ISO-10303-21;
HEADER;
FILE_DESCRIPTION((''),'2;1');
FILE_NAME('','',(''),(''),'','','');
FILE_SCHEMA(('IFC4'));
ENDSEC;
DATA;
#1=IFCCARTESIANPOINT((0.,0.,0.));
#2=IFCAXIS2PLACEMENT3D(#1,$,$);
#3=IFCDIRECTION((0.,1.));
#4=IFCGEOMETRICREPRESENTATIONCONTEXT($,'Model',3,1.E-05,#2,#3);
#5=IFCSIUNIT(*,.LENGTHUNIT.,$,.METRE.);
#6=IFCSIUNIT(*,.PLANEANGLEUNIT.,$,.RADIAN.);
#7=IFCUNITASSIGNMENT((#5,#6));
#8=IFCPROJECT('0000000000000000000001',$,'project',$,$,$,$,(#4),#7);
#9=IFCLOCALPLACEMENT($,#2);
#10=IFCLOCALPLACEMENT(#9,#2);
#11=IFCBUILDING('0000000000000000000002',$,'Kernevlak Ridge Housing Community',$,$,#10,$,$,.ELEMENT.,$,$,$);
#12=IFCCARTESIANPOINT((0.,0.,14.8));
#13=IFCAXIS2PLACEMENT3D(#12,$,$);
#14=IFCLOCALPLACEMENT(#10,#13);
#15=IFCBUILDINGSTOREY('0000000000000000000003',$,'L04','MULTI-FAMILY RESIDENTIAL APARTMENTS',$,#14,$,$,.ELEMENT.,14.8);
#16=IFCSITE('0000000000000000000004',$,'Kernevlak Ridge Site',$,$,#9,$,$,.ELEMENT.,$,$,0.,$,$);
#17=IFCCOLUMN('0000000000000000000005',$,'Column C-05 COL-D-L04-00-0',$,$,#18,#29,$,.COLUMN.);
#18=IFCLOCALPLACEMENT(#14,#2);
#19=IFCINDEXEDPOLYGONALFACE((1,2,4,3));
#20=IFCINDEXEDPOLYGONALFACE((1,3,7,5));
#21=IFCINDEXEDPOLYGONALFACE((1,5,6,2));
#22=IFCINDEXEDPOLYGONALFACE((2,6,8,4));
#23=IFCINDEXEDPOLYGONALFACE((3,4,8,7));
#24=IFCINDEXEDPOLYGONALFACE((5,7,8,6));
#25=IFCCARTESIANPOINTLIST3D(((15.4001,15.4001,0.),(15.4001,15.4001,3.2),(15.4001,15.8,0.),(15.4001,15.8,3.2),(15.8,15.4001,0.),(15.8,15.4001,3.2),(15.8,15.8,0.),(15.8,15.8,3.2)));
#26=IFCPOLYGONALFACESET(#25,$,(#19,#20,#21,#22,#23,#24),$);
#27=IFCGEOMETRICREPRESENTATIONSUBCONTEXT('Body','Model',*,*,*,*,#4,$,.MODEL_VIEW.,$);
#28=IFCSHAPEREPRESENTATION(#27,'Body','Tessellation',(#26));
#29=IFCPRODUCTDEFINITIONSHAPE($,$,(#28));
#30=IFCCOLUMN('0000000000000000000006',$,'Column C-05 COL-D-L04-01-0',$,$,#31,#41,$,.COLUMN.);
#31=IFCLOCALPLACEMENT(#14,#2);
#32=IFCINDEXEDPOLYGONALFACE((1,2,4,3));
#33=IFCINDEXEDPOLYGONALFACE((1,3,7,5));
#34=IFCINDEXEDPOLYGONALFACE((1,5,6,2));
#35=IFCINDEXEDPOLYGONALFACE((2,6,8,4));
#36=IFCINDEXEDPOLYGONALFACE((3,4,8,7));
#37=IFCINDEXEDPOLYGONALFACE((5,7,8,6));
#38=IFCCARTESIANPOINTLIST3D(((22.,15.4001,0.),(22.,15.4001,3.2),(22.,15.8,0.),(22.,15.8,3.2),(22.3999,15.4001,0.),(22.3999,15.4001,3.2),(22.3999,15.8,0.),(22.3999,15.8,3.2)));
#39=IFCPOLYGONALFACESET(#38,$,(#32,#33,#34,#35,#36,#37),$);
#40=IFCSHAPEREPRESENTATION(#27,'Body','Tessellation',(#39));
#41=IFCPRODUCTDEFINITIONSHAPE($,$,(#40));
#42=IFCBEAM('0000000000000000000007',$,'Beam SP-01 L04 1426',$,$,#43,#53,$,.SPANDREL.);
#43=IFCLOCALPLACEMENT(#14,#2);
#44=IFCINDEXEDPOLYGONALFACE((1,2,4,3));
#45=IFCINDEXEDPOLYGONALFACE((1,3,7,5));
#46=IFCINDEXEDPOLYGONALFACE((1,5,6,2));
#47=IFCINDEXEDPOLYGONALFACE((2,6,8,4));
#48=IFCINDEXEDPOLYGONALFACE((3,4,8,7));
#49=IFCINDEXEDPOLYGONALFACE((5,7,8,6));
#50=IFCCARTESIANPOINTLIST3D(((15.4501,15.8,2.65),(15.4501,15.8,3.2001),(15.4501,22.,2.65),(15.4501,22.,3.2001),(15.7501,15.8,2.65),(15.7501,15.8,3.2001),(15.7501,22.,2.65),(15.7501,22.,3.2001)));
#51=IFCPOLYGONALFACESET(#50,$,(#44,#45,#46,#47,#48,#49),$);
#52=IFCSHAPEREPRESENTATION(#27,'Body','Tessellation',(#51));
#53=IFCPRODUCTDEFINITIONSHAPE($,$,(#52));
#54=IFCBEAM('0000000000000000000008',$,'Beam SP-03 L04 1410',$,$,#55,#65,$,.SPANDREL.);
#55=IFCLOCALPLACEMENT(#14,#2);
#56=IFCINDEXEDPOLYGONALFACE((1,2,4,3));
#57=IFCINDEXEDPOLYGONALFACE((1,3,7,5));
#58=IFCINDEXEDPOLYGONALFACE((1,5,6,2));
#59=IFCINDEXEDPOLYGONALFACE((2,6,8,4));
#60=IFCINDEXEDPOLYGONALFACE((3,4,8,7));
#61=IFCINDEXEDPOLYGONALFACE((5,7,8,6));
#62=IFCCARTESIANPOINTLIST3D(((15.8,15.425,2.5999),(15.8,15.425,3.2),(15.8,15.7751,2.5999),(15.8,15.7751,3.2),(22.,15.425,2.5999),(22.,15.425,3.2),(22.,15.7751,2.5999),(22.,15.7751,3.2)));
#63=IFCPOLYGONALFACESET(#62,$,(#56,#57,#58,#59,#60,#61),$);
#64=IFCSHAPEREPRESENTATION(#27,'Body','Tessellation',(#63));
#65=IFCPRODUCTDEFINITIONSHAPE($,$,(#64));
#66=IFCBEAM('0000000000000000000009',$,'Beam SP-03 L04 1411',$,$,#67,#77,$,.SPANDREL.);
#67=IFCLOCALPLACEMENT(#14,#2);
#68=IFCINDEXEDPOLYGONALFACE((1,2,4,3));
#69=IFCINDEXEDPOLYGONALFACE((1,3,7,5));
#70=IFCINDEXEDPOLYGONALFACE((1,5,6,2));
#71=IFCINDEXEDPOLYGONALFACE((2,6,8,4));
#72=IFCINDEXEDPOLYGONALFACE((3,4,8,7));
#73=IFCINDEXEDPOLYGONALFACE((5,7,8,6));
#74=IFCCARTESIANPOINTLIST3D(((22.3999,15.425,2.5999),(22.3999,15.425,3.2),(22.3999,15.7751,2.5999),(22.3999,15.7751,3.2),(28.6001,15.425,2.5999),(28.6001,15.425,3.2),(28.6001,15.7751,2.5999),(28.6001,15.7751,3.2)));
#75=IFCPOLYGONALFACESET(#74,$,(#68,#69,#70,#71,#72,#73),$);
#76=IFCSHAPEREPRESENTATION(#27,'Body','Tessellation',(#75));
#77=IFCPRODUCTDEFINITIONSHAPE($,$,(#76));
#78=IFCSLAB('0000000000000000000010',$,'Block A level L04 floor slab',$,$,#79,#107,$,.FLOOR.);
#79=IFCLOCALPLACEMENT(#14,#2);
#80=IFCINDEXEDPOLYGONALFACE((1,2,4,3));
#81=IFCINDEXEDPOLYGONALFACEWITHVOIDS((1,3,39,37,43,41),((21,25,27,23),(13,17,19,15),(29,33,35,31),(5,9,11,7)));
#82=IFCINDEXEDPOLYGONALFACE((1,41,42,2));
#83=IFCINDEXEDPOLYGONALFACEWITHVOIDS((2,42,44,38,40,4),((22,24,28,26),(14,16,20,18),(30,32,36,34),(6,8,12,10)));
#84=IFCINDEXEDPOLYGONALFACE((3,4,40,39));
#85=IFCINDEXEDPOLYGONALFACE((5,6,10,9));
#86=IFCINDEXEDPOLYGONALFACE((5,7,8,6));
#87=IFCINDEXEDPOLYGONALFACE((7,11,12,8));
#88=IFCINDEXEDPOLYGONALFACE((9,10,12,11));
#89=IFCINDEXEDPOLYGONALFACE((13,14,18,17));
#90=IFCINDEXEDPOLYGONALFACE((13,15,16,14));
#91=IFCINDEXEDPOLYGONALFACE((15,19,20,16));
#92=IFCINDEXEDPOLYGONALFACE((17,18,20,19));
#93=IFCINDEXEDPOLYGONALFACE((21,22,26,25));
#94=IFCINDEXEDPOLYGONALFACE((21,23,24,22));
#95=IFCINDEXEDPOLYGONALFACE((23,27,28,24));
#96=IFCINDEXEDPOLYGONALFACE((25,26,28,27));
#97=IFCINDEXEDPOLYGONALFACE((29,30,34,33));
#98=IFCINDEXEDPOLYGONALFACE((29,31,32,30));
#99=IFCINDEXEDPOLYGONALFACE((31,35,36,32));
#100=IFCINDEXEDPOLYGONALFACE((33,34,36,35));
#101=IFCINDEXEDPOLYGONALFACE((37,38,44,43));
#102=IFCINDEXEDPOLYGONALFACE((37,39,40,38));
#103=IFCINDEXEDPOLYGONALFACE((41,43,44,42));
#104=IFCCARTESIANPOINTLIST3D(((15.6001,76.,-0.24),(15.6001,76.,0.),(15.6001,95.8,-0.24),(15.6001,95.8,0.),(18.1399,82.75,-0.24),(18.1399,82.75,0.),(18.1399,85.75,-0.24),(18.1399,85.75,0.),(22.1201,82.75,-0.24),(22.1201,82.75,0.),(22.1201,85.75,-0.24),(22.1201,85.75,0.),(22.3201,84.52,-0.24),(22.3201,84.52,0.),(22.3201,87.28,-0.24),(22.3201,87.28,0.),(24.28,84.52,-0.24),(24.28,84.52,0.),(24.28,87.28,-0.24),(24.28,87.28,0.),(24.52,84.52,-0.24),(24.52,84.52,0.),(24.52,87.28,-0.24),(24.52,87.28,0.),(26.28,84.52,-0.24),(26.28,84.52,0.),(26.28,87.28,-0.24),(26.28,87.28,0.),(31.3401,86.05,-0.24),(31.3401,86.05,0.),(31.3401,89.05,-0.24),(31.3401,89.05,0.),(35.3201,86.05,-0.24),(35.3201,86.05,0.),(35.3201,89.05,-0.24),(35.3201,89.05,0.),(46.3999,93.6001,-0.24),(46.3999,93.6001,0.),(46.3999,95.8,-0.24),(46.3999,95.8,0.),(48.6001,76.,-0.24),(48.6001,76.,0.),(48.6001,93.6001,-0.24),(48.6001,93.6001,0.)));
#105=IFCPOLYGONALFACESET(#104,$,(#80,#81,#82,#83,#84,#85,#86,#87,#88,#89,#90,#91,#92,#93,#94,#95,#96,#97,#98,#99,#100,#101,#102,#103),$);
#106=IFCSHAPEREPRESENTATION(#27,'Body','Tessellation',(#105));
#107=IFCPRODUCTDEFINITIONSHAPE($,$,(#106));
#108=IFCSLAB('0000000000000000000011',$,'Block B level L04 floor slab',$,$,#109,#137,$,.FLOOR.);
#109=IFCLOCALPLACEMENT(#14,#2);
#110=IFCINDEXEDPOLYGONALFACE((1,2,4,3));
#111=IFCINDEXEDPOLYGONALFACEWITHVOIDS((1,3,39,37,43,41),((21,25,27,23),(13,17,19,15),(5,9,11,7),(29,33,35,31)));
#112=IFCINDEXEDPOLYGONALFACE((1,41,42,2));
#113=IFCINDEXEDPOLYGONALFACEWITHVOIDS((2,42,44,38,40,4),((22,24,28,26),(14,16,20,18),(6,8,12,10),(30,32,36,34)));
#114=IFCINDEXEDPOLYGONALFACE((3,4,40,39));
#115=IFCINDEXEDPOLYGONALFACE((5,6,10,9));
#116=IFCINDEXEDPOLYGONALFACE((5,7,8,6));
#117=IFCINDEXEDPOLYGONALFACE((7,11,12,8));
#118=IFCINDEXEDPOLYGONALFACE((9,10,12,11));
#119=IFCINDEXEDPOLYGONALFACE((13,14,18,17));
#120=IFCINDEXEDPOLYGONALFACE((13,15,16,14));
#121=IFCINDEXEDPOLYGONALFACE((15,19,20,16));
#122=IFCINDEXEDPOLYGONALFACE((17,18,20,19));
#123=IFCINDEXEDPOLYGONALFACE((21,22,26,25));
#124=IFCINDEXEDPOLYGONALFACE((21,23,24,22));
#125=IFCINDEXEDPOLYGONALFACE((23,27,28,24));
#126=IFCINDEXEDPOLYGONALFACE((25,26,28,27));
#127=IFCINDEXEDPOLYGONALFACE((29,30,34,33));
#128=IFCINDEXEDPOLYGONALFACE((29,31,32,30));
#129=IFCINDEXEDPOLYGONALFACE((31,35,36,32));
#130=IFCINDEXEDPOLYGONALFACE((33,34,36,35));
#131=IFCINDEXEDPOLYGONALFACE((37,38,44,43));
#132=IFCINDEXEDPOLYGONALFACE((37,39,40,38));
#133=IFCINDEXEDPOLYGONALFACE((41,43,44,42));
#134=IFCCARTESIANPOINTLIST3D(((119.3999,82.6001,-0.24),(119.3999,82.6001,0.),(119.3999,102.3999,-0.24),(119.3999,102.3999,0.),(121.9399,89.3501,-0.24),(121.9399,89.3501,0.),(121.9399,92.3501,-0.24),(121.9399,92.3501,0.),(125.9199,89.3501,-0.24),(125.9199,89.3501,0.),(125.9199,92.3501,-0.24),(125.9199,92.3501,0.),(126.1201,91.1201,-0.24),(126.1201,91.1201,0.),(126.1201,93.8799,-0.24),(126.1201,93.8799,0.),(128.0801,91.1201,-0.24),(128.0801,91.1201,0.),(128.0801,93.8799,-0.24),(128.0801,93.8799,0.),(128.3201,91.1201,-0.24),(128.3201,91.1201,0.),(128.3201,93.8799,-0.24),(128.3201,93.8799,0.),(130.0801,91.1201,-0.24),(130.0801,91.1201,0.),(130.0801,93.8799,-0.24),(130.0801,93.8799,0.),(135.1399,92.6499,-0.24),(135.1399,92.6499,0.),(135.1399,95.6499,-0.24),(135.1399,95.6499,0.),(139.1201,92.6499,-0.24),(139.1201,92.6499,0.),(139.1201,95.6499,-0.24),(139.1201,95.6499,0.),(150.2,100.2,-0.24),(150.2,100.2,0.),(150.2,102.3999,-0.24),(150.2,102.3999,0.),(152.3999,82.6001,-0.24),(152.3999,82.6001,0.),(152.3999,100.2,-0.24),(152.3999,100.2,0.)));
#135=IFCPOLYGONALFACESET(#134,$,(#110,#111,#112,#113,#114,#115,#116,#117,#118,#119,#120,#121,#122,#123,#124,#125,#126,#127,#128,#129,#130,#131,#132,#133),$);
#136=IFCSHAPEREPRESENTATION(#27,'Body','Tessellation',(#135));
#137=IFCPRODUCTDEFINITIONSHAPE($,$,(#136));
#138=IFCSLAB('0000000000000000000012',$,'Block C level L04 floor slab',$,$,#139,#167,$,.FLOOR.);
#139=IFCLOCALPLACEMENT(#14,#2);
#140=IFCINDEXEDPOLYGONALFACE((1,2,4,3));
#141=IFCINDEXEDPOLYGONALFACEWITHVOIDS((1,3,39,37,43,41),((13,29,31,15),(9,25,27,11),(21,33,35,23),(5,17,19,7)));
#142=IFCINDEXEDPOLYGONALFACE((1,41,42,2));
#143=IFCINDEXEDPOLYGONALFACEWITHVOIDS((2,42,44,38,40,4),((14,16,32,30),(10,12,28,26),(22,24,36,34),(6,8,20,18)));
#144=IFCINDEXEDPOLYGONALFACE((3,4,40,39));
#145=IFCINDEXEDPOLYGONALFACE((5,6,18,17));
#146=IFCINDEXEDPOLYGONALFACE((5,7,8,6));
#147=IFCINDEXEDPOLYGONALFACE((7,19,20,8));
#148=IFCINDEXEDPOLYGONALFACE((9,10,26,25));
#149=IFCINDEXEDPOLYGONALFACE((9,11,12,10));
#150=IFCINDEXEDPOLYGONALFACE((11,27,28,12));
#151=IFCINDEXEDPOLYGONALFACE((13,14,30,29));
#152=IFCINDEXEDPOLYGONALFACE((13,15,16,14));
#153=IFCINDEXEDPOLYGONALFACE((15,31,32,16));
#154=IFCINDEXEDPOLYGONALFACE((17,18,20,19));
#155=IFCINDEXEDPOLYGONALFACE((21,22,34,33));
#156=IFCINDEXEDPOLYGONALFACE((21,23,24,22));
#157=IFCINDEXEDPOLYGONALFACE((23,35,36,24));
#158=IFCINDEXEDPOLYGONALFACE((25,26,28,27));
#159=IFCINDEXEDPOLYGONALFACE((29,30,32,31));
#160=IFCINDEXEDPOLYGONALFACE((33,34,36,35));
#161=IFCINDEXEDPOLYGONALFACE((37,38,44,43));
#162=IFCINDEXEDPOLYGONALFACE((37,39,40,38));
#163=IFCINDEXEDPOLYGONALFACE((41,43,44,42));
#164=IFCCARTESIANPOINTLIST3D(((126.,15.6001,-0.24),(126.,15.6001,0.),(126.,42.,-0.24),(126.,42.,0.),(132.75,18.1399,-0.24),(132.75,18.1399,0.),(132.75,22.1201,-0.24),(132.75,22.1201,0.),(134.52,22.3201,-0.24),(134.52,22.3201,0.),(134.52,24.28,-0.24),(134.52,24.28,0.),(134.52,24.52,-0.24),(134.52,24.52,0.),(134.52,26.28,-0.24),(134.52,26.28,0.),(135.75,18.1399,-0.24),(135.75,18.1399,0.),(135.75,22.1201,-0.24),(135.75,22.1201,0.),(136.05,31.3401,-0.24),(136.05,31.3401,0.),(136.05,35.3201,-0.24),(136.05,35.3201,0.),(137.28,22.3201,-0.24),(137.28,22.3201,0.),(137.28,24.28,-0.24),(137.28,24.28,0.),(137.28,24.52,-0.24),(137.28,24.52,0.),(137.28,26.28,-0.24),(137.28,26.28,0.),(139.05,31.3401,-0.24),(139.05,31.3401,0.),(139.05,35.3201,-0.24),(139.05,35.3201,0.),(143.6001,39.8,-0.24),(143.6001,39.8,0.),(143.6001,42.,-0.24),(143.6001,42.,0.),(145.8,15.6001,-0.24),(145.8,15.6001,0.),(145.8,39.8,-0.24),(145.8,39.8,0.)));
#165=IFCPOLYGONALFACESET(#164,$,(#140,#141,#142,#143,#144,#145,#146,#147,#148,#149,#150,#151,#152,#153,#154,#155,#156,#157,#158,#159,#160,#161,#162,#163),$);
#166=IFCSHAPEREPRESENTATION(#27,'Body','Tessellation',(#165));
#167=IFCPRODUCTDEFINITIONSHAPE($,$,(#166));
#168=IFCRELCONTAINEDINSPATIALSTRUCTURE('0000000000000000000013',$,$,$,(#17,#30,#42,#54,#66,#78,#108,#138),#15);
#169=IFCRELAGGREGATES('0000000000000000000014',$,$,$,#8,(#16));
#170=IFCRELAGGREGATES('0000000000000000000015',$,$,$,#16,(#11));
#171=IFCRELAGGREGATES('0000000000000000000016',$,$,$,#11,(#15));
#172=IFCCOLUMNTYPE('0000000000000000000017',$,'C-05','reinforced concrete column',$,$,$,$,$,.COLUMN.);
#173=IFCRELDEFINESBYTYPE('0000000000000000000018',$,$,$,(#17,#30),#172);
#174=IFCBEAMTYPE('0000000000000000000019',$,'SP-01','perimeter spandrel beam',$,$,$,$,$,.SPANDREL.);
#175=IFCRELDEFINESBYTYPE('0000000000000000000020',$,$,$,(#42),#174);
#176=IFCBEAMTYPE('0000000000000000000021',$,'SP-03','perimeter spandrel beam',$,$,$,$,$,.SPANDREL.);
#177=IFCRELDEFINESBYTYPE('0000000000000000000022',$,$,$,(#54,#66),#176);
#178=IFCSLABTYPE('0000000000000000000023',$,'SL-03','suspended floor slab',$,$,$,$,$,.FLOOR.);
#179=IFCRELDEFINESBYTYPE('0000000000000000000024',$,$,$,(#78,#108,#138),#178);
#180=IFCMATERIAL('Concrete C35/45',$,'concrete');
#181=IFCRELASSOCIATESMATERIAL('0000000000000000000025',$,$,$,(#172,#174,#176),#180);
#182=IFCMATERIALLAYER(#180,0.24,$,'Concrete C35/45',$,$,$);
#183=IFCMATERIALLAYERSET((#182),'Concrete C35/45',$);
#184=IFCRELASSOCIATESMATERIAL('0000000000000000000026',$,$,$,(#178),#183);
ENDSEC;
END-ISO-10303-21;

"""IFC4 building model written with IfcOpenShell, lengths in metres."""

from ifc_helpers import new_model, si_unit, direction, frame, origin, origin_2d, place, context, subcontext, project, spatial, polyline, rectangle, outline, extrude, material, layer, layer_set, material_profile, profile_set, type_object, element, save


model = new_model("IFC4")

# Units and contexts
model_context = context("Model", 3, precision=1e-05, world=origin(), true_north=direction((0.0, 1.0)))
body_context = subcontext(model_context, "Body", "Model", "MODEL_VIEW")
ifc_project = project(units=[si_unit("LENGTHUNIT", "METRE"), si_unit("PLANEANGLEUNIT", "RADIAN")], contexts=[model_context])

# Site, building, storey
site_placement = place(None, origin())
site = spatial("IfcSite", under=ifc_project, at=site_placement, Name="Kernevlak Ridge Site", CompositionType="ELEMENT", RefElevation=0.0)
building_placement = place(site_placement, origin())
building = spatial("IfcBuilding", under=site, at=building_placement, Name="Kernevlak Ridge Housing Community", CompositionType="ELEMENT")
storey_placement = place(building_placement, frame((0.0, 0.0, 14.8)))
storey = spatial("IfcBuildingStorey", under=building, at=storey_placement, Name="L04", Description="MULTI-FAMILY RESIDENTIAL APARTMENTS", CompositionType="ELEMENT", Elevation=14.8)

# Columns
ifc_material_1 = material(Name="Concrete C35/45", Category="concrete")
ifc_material_profile_1 = material_profile(ifc_material_1, rectangle(XDim=0.3999, YDim=0.3999, at=origin_2d()), Name="RC 400x400")
ifc_profile_set_1 = profile_set([ifc_material_profile_1], Name="Concrete C35/45")
column_type = type_object("IfcColumnType", Name="C-05", Description="reinforced concrete column", PredefinedType="COLUMN", material=ifc_profile_set_1)
for number, where, z_axis, x_axis, name in (
    (1, (15.6001, 15.6001, 0.0), (0.0, 0.0, 1.0), (1.0, 0.0, 0.0), "Column C-05 COL-D-L04-00-0"),
    (2, (22.2, 15.6001, 0.0), (0.0, 0.0, 1.0), (1.0, 0.0, 0.0), "Column C-05 COL-D-L04-01-0"),
):
    element("IfcColumn", number, at=place(storey_placement, frame(where, z_axis=z_axis, x_axis=x_axis)), inside=storey, type_object=column_type, Name=name, PredefinedType="COLUMN", context=body_context, shape_type="SweptSolid", body=[
        extrude(rectangle(XDim=0.3999, YDim=0.3999, at=origin_2d()), origin(), (0.0, 0.0, 1.0), 3.2),
    ])

# Beams
ifc_material_profile_2 = material_profile(ifc_material_1, rectangle(XDim=0.3, YDim=0.55, at=origin_2d()), Name="RC 300x550")
ifc_profile_set_2 = profile_set([ifc_material_profile_2], Name="Concrete C35/45")
beam_type_1 = type_object("IfcBeamType", Name="SP-01", Description="perimeter spandrel beam", PredefinedType="SPANDREL", material=ifc_profile_set_2)
beam_1_placement = place(storey_placement, frame((15.6001, 15.8, 2.925), z_axis=(0.0, 1.0, 0.0), x_axis=(-1.0, 0.0, 0.0)))
element("IfcBeam", 3, at=beam_1_placement, inside=storey, type_object=beam_type_1, Name="Beam SP-01 L04 1426", PredefinedType="SPANDREL", context=body_context, shape_type="SweptSolid", body=[
    extrude(rectangle(XDim=0.3, YDim=0.55, at=origin_2d()), origin(), (0.0, 0.0, 1.0), 6.2),
])
ifc_material_profile_3 = material_profile(ifc_material_1, rectangle(XDim=0.3501, YDim=0.6001, at=origin_2d()), Name="RC 350x600")
ifc_profile_set_3 = profile_set([ifc_material_profile_3], Name="Concrete C35/45")
beam_type_2 = type_object("IfcBeamType", Name="SP-03", Description="perimeter spandrel beam", PredefinedType="SPANDREL", material=ifc_profile_set_3)
beam_2_placement = place(storey_placement, frame((15.8, 15.6001, 2.8999), z_axis=(1.0, 0.0, 0.0), x_axis=(0.0, 1.0, 0.0)))
element("IfcBeam", 4, at=beam_2_placement, inside=storey, type_object=beam_type_2, Name="Beam SP-03 L04 1410", PredefinedType="SPANDREL", context=body_context, shape_type="SweptSolid", body=[
    extrude(rectangle(XDim=0.3501, YDim=0.6001, at=origin_2d()), origin(), (0.0, 0.0, 1.0), 6.2),
])
beam_3_placement = place(storey_placement, frame((22.3999, 15.6001, 2.8999), z_axis=(1.0, 0.0, 0.0), x_axis=(0.0, 1.0, 0.0)))
element("IfcBeam", 5, at=beam_3_placement, inside=storey, type_object=beam_type_2, Name="Beam SP-03 L04 1411", PredefinedType="SPANDREL", context=body_context, shape_type="SweptSolid", body=[
    extrude(rectangle(XDim=0.3501, YDim=0.6001, at=origin_2d()), origin(), (0.0, 0.0, 1.0), 6.2002),
])

# Slabs
ifc_layer_1 = layer(ifc_material_1, 0.24, Name="Concrete C35/45")
ifc_layer_set_1 = layer_set([ifc_layer_1], Name="Concrete C35/45")
slab_type_1 = type_object("IfcSlabType", Name="SL-03", Description="suspended floor slab", PredefinedType="FLOOR", material=ifc_layer_set_1)
slab_1_placement = place(storey_placement, frame((0.0, 0.0, -0.24)))
element("IfcSlab", 6, at=slab_1_placement, inside=storey, type_object=slab_type_1, Name="Block A level L04 floor slab", PredefinedType="FLOOR", context=body_context, shape_type="SweptSolid", body=[
    extrude(outline(polyline([(15.6001, 76.0), (48.6001, 76.0), (48.6001, 93.6001), (46.3999, 93.6001), (46.3999, 95.8), (15.6001, 95.8), (15.6001, 76.0)]), holes=[polyline([(18.1399, 85.75), (22.1201, 85.75), (22.1201, 82.75), (18.1399, 82.75), (18.1399, 85.75)]), polyline([(31.3401, 89.05), (35.3201, 89.05), (35.3201, 86.05), (31.3401, 86.05), (31.3401, 89.05)]), polyline([(22.3201, 87.28), (24.28, 87.28), (24.28, 84.52), (22.3201, 84.52), (22.3201, 87.28)]), polyline([(24.52, 87.28), (26.28, 87.28), (26.28, 84.52), (24.52, 84.52), (24.52, 87.28)])]), origin(), (0.0, 0.0, 1.0), 0.24),
])
slab_2_placement = place(storey_placement, frame((0.0, 0.0, -0.24)))
element("IfcSlab", 7, at=slab_2_placement, inside=storey, type_object=slab_type_1, Name="Block B level L04 floor slab", PredefinedType="FLOOR", context=body_context, shape_type="SweptSolid", body=[
    extrude(outline(polyline([(119.3999, 82.6001), (152.3999, 82.6001), (152.3999, 100.2), (150.2, 100.2), (150.2, 102.3999), (119.3999, 102.3999), (119.3999, 82.6001)]), holes=[polyline([(121.9399, 92.3501), (125.9199, 92.3501), (125.9199, 89.3501), (121.9399, 89.3501), (121.9399, 92.3501)]), polyline([(135.1399, 95.6499), (139.1201, 95.6499), (139.1201, 92.6499), (135.1399, 92.6499), (135.1399, 95.6499)]), polyline([(126.1201, 93.8799), (128.0801, 93.8799), (128.0801, 91.1201), (126.1201, 91.1201), (126.1201, 93.8799)]), polyline([(128.3201, 93.8799), (130.0801, 93.8799), (130.0801, 91.1201), (128.3201, 91.1201), (128.3201, 93.8799)])]), origin(), (0.0, 0.0, 1.0), 0.24),
])
slab_3_placement = place(storey_placement, frame((0.0, 0.0, -0.24)))
element("IfcSlab", 8, at=slab_3_placement, inside=storey, type_object=slab_type_1, Name="Block C level L04 floor slab", PredefinedType="FLOOR", context=body_context, shape_type="SweptSolid", body=[
    extrude(outline(polyline([(145.8, 15.6001), (145.8, 39.8), (143.6001, 39.8), (143.6001, 42.0), (126.0, 42.0), (126.0, 15.6001), (145.8, 15.6001)]), holes=[polyline([(132.75, 18.1399), (132.75, 22.1201), (135.75, 22.1201), (135.75, 18.1399), (132.75, 18.1399)]), polyline([(136.05, 31.3401), (136.05, 35.3201), (139.05, 35.3201), (139.05, 31.3401), (136.05, 31.3401)]), polyline([(134.52, 24.28), (137.28, 24.28), (137.28, 22.3201), (134.52, 22.3201), (134.52, 24.28)]), polyline([(134.52, 26.28), (137.28, 26.28), (137.28, 24.52), (134.52, 24.52), (134.52, 26.28)])]), origin(), (0.0, 0.0, 1.0), 0.24),
])

save(model, "model.ifc")
